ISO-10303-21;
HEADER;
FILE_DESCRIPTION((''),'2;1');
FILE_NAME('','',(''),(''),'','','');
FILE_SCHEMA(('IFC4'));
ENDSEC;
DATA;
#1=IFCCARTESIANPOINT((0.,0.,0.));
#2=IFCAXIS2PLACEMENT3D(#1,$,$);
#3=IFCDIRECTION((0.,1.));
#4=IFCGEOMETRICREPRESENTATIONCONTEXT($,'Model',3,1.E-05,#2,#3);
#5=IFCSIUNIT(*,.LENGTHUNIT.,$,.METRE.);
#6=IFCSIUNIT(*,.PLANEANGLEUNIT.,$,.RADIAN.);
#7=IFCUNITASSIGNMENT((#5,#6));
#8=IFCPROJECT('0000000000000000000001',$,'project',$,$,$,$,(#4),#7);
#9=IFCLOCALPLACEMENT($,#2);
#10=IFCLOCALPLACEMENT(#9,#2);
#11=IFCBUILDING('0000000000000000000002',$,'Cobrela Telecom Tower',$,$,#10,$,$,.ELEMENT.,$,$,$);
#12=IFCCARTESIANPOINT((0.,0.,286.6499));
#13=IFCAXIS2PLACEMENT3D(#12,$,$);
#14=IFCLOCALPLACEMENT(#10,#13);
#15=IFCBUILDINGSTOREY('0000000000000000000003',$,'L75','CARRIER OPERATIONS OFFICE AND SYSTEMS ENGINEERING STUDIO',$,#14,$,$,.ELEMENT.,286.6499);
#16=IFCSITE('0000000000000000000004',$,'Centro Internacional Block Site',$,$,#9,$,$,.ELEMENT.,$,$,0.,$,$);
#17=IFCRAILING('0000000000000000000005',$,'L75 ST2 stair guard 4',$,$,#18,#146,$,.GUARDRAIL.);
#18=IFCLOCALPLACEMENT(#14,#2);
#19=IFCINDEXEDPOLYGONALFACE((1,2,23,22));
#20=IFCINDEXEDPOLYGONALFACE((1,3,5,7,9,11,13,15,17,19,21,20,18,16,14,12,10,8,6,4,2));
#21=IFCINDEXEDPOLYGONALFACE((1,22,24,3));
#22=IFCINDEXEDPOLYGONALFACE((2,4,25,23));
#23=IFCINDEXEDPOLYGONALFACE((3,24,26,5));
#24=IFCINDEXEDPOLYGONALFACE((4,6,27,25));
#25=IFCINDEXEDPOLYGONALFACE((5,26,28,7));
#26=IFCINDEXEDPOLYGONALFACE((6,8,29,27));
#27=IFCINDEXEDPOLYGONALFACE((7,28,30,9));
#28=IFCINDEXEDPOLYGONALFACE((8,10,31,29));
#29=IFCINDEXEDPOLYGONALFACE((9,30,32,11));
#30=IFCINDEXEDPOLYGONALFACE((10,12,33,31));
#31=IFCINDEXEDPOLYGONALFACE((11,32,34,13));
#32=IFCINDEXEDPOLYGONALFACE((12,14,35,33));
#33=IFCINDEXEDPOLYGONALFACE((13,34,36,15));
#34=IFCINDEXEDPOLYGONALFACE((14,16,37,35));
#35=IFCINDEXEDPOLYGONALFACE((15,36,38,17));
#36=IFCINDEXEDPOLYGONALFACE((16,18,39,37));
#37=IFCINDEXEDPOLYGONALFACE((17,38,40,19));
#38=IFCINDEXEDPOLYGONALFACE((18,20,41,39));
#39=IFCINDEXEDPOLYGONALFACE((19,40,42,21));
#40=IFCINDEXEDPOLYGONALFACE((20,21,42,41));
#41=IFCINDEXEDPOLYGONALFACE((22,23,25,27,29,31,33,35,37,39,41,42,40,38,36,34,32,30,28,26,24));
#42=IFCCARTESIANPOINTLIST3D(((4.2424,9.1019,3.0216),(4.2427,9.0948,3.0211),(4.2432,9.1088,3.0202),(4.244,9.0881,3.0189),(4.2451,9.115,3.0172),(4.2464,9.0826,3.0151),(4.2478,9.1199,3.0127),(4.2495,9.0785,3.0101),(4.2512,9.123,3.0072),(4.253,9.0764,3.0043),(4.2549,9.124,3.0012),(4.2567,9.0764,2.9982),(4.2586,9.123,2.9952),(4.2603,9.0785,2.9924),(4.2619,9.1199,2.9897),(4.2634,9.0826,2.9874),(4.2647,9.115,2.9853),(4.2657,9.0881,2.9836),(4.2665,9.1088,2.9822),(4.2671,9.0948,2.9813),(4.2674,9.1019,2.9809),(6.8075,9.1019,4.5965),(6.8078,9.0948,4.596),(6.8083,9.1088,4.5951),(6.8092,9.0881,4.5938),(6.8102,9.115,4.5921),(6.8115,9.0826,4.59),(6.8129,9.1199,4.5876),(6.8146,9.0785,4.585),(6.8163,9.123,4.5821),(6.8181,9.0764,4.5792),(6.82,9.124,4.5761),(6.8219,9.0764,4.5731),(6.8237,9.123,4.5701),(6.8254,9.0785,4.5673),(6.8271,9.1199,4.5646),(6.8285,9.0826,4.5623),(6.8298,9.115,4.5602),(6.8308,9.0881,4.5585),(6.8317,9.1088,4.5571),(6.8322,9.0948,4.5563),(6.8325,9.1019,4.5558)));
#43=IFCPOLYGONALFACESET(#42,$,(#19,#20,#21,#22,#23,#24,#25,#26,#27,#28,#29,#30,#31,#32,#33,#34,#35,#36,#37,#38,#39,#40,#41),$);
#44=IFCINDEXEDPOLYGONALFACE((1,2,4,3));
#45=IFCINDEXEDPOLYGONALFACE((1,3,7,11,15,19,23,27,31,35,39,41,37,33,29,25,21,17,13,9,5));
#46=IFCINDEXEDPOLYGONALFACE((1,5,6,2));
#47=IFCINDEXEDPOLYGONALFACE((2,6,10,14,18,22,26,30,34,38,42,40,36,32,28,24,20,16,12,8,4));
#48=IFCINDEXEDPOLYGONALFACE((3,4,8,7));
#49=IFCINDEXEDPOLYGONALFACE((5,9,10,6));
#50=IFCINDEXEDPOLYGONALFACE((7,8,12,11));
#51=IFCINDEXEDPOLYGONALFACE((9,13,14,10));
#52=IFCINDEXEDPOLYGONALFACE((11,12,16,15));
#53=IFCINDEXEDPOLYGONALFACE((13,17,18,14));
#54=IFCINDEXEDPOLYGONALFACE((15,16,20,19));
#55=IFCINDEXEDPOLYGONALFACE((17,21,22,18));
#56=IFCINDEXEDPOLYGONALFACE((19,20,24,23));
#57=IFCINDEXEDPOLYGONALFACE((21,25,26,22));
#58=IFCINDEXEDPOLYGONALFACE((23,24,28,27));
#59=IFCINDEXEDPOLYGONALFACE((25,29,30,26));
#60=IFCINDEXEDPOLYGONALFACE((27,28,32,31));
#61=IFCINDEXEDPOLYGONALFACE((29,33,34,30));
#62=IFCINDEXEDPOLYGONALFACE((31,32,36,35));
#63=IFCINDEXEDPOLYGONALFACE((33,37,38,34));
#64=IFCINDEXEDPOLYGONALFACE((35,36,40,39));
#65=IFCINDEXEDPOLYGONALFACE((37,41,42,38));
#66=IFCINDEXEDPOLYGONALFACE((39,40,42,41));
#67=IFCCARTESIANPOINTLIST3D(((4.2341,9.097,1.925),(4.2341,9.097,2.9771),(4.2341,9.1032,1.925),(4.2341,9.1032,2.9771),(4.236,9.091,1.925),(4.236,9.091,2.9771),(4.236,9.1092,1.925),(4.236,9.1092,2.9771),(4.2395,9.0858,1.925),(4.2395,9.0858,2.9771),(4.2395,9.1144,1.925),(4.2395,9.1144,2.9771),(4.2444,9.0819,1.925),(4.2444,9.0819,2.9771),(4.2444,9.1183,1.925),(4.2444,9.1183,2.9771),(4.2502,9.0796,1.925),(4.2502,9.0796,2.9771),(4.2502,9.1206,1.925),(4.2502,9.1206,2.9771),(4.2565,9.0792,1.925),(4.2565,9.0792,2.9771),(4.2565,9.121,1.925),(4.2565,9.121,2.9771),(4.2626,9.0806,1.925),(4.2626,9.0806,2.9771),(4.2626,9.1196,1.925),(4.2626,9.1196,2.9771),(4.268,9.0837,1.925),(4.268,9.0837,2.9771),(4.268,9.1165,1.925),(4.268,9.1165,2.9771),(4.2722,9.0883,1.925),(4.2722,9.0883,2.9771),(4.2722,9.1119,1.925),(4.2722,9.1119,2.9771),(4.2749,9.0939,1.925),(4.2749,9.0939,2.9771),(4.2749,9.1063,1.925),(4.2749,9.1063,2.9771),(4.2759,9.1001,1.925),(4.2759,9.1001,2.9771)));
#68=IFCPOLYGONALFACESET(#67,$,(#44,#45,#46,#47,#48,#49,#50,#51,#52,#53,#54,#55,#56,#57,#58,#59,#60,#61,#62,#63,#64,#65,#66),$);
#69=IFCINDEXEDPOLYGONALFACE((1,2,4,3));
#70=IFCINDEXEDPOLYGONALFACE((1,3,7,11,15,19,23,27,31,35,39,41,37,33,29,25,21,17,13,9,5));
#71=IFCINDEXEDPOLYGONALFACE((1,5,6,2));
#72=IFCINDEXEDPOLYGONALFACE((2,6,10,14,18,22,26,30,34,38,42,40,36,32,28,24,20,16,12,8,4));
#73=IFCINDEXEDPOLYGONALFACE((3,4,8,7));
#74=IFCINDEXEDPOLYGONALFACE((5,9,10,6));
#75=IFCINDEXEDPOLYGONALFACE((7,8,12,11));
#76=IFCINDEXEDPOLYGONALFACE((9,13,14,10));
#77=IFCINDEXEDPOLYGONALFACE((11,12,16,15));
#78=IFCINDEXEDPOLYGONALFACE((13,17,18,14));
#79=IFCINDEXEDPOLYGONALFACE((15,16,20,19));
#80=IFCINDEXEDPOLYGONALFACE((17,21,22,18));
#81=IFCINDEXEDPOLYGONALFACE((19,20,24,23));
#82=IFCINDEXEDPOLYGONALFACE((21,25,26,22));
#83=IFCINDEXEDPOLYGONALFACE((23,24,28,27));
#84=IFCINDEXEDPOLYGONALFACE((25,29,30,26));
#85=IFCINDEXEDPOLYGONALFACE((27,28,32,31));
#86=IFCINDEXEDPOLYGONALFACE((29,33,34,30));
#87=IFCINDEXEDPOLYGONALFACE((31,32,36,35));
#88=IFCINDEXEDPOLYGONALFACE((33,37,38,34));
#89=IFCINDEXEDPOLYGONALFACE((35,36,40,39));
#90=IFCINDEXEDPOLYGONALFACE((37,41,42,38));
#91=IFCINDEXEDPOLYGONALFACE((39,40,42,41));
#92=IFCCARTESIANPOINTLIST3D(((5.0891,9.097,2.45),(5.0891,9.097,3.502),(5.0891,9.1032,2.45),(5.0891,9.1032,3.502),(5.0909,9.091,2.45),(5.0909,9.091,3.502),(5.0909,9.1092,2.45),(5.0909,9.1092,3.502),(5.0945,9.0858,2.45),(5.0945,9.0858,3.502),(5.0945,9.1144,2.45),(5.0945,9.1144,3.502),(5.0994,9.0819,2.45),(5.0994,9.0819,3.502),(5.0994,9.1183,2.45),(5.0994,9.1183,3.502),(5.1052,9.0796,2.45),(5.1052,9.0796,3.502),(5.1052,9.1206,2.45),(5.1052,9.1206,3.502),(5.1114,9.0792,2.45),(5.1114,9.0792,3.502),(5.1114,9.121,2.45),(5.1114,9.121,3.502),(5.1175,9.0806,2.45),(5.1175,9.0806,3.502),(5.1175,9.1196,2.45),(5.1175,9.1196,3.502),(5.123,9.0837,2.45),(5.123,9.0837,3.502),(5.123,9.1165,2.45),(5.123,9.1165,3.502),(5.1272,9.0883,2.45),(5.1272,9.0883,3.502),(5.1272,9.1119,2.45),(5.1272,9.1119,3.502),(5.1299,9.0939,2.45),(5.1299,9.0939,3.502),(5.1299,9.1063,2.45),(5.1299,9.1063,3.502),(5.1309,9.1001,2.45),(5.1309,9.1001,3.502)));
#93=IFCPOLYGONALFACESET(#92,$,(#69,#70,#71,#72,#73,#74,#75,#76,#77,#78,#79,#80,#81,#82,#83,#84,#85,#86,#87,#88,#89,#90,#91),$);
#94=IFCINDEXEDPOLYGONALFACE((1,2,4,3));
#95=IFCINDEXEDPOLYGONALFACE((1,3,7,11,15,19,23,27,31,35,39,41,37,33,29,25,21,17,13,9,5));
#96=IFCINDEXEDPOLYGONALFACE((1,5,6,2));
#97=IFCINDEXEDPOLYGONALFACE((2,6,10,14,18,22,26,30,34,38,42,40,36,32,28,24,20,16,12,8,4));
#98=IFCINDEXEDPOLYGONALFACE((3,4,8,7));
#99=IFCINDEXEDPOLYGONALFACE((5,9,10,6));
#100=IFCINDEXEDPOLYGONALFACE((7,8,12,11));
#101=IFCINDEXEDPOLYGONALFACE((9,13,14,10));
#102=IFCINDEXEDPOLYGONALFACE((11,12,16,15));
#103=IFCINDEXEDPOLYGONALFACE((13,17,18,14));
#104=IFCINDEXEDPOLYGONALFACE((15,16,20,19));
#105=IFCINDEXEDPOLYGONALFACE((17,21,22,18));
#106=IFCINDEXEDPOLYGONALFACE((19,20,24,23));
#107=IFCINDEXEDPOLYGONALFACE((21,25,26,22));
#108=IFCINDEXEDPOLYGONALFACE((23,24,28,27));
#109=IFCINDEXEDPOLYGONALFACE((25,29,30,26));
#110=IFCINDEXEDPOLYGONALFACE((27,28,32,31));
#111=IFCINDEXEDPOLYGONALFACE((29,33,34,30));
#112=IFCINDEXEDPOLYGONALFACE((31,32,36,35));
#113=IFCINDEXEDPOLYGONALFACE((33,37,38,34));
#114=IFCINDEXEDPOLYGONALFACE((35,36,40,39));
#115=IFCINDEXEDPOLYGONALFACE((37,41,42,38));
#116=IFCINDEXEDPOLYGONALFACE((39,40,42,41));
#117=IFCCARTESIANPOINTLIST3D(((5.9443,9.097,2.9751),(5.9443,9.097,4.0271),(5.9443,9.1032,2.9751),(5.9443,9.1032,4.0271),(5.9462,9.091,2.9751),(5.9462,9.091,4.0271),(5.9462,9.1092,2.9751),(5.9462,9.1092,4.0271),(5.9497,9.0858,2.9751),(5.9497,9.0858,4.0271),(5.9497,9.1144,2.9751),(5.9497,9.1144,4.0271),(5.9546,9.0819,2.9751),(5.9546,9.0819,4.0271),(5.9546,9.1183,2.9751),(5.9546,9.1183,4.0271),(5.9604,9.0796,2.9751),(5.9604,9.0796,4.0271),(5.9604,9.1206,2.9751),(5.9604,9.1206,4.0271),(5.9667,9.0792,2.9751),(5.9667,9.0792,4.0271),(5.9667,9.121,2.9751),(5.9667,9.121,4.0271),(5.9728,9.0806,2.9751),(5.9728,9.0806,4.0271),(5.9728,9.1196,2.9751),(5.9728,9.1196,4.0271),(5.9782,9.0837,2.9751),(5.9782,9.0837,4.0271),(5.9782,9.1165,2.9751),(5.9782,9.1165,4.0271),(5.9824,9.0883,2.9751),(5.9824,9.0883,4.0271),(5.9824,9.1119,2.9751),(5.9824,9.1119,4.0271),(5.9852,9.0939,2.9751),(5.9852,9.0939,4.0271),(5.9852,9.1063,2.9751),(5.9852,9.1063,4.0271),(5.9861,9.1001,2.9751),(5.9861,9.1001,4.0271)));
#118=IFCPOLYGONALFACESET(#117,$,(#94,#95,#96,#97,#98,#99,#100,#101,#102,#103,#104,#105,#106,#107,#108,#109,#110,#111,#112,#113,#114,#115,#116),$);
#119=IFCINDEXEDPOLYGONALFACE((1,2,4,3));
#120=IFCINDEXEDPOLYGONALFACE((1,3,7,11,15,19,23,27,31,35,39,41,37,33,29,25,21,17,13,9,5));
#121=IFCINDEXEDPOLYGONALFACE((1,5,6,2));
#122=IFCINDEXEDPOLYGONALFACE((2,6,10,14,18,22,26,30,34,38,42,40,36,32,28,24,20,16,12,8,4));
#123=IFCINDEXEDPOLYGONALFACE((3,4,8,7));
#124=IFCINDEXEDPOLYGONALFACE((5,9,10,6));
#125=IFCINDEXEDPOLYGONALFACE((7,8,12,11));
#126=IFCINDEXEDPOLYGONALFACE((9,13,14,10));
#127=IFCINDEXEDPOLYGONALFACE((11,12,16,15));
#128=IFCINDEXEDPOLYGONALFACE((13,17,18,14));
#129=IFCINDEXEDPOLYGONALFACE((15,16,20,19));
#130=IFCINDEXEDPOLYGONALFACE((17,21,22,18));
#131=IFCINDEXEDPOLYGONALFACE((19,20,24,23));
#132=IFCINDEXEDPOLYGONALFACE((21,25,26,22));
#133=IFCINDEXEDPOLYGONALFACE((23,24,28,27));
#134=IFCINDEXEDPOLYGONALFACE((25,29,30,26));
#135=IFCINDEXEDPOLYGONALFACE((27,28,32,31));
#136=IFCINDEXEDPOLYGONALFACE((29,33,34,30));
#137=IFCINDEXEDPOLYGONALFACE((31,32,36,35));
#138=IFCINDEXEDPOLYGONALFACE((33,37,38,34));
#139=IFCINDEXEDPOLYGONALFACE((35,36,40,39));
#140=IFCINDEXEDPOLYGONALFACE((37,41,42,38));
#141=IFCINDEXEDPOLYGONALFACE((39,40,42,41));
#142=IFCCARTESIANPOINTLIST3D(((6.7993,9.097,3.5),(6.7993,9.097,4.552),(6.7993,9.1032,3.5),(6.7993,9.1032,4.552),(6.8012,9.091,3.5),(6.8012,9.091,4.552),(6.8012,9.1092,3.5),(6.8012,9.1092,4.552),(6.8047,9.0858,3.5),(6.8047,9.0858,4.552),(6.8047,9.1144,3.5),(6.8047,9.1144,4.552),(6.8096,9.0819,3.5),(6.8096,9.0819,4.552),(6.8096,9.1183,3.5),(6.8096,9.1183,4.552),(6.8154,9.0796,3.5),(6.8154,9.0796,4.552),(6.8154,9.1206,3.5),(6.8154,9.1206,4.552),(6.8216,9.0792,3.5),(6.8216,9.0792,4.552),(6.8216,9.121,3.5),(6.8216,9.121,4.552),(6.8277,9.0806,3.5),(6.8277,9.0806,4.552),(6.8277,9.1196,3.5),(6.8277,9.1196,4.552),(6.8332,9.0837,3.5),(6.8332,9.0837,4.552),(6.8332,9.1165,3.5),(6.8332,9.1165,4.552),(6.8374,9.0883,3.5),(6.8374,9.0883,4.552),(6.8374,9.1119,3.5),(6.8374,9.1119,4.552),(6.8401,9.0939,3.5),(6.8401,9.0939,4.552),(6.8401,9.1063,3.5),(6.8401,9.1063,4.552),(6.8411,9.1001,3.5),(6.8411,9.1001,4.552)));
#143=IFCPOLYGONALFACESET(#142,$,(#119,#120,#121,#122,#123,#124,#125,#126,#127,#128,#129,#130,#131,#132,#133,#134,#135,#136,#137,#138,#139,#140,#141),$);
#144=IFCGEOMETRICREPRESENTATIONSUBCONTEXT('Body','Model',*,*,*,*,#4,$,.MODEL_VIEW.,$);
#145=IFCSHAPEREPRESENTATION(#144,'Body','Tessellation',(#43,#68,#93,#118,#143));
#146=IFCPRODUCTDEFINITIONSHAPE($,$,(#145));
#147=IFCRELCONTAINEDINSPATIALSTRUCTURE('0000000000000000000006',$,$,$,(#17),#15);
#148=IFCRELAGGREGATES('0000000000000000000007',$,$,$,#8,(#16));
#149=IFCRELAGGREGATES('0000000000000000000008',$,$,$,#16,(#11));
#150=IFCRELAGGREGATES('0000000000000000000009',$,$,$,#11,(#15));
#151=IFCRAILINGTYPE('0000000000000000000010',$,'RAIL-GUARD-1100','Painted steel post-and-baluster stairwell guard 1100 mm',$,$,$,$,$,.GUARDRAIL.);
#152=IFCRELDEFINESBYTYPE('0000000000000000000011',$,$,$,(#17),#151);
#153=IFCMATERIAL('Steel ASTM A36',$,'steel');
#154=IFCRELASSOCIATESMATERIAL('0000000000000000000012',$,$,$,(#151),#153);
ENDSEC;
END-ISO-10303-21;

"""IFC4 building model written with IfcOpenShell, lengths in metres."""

from ifc_helpers import new_model, si_unit, direction, frame, origin, origin_2d, place, context, subcontext, project, spatial, circle, extrude, material, type_object, element, save


model = new_model("IFC4")

# Units and contexts
model_context = context("Model", 3, precision=1e-05, world=origin(), true_north=direction((0.0, 1.0)))
body_context = subcontext(model_context, "Body", "Model", "MODEL_VIEW")
ifc_project = project(units=[si_unit("LENGTHUNIT", "METRE"), si_unit("PLANEANGLEUNIT", "RADIAN")], contexts=[model_context])

# Site, building, storey
site_placement = place(None, origin())
site = spatial("IfcSite", under=ifc_project, at=site_placement, Name="Centro Internacional Block Site", CompositionType="ELEMENT", RefElevation=0.0)
building_placement = place(site_placement, origin())
building = spatial("IfcBuilding", under=site, at=building_placement, Name="Cobrela Telecom Tower", CompositionType="ELEMENT")
storey_placement = place(building_placement, frame((0.0, 0.0, 286.6499)))
storey = spatial("IfcBuildingStorey", under=building, at=storey_placement, Name="L75", Description="CARRIER OPERATIONS OFFICE AND SYSTEMS ENGINEERING STUDIO", CompositionType="ELEMENT", Elevation=286.6499)

# Shared definitions
ifc_material_1 = material(Name="Steel ASTM A36", Category="steel")

# Railing
railing_type_1 = type_object("IfcRailingType", Name="RAIL-GUARD-1100", Description="Painted steel post-and-baluster stairwell guard 1100 mm", PredefinedType="GUARDRAIL", material=ifc_material_1)
railing_1_placement = place(storey_placement, frame((4.2549, 9.1001, 1.925)))
element("IfcRailing", 1, at=railing_1_placement, inside=storey, type_object=railing_type_1, Name="L75 ST2 stair guard 4", PredefinedType="GUARDRAIL", context=body_context, shape_type="SweptSolid", body=[
    extrude(circle(Radius=0.0239, at=origin_2d()), frame((0.0, 0.0, 1.0762), z_axis=(0.852195, 0.0, 0.523224), x_axis=(0.0, 1.0, 0.0)), (0.0, 0.0, 1.0), 3.01),
    extrude(circle(Radius=0.021, at=origin_2d()), origin(), (0.0, 0.0, 1.0), 1.052),
    extrude(circle(Radius=0.021, at=origin_2d()), frame((0.855, 0.0, 0.5249)), (0.0, 0.0, 1.0), 1.052),
    extrude(circle(Radius=0.021, at=origin_2d()), frame((1.7102, 0.0, 1.05)), (0.0, 0.0, 1.0), 1.052),
    extrude(circle(Radius=0.021, at=origin_2d()), frame((2.5652, 0.0, 1.575)), (0.0, 0.0, 1.0), 1.052),
])

save(model, "model.ifc")
